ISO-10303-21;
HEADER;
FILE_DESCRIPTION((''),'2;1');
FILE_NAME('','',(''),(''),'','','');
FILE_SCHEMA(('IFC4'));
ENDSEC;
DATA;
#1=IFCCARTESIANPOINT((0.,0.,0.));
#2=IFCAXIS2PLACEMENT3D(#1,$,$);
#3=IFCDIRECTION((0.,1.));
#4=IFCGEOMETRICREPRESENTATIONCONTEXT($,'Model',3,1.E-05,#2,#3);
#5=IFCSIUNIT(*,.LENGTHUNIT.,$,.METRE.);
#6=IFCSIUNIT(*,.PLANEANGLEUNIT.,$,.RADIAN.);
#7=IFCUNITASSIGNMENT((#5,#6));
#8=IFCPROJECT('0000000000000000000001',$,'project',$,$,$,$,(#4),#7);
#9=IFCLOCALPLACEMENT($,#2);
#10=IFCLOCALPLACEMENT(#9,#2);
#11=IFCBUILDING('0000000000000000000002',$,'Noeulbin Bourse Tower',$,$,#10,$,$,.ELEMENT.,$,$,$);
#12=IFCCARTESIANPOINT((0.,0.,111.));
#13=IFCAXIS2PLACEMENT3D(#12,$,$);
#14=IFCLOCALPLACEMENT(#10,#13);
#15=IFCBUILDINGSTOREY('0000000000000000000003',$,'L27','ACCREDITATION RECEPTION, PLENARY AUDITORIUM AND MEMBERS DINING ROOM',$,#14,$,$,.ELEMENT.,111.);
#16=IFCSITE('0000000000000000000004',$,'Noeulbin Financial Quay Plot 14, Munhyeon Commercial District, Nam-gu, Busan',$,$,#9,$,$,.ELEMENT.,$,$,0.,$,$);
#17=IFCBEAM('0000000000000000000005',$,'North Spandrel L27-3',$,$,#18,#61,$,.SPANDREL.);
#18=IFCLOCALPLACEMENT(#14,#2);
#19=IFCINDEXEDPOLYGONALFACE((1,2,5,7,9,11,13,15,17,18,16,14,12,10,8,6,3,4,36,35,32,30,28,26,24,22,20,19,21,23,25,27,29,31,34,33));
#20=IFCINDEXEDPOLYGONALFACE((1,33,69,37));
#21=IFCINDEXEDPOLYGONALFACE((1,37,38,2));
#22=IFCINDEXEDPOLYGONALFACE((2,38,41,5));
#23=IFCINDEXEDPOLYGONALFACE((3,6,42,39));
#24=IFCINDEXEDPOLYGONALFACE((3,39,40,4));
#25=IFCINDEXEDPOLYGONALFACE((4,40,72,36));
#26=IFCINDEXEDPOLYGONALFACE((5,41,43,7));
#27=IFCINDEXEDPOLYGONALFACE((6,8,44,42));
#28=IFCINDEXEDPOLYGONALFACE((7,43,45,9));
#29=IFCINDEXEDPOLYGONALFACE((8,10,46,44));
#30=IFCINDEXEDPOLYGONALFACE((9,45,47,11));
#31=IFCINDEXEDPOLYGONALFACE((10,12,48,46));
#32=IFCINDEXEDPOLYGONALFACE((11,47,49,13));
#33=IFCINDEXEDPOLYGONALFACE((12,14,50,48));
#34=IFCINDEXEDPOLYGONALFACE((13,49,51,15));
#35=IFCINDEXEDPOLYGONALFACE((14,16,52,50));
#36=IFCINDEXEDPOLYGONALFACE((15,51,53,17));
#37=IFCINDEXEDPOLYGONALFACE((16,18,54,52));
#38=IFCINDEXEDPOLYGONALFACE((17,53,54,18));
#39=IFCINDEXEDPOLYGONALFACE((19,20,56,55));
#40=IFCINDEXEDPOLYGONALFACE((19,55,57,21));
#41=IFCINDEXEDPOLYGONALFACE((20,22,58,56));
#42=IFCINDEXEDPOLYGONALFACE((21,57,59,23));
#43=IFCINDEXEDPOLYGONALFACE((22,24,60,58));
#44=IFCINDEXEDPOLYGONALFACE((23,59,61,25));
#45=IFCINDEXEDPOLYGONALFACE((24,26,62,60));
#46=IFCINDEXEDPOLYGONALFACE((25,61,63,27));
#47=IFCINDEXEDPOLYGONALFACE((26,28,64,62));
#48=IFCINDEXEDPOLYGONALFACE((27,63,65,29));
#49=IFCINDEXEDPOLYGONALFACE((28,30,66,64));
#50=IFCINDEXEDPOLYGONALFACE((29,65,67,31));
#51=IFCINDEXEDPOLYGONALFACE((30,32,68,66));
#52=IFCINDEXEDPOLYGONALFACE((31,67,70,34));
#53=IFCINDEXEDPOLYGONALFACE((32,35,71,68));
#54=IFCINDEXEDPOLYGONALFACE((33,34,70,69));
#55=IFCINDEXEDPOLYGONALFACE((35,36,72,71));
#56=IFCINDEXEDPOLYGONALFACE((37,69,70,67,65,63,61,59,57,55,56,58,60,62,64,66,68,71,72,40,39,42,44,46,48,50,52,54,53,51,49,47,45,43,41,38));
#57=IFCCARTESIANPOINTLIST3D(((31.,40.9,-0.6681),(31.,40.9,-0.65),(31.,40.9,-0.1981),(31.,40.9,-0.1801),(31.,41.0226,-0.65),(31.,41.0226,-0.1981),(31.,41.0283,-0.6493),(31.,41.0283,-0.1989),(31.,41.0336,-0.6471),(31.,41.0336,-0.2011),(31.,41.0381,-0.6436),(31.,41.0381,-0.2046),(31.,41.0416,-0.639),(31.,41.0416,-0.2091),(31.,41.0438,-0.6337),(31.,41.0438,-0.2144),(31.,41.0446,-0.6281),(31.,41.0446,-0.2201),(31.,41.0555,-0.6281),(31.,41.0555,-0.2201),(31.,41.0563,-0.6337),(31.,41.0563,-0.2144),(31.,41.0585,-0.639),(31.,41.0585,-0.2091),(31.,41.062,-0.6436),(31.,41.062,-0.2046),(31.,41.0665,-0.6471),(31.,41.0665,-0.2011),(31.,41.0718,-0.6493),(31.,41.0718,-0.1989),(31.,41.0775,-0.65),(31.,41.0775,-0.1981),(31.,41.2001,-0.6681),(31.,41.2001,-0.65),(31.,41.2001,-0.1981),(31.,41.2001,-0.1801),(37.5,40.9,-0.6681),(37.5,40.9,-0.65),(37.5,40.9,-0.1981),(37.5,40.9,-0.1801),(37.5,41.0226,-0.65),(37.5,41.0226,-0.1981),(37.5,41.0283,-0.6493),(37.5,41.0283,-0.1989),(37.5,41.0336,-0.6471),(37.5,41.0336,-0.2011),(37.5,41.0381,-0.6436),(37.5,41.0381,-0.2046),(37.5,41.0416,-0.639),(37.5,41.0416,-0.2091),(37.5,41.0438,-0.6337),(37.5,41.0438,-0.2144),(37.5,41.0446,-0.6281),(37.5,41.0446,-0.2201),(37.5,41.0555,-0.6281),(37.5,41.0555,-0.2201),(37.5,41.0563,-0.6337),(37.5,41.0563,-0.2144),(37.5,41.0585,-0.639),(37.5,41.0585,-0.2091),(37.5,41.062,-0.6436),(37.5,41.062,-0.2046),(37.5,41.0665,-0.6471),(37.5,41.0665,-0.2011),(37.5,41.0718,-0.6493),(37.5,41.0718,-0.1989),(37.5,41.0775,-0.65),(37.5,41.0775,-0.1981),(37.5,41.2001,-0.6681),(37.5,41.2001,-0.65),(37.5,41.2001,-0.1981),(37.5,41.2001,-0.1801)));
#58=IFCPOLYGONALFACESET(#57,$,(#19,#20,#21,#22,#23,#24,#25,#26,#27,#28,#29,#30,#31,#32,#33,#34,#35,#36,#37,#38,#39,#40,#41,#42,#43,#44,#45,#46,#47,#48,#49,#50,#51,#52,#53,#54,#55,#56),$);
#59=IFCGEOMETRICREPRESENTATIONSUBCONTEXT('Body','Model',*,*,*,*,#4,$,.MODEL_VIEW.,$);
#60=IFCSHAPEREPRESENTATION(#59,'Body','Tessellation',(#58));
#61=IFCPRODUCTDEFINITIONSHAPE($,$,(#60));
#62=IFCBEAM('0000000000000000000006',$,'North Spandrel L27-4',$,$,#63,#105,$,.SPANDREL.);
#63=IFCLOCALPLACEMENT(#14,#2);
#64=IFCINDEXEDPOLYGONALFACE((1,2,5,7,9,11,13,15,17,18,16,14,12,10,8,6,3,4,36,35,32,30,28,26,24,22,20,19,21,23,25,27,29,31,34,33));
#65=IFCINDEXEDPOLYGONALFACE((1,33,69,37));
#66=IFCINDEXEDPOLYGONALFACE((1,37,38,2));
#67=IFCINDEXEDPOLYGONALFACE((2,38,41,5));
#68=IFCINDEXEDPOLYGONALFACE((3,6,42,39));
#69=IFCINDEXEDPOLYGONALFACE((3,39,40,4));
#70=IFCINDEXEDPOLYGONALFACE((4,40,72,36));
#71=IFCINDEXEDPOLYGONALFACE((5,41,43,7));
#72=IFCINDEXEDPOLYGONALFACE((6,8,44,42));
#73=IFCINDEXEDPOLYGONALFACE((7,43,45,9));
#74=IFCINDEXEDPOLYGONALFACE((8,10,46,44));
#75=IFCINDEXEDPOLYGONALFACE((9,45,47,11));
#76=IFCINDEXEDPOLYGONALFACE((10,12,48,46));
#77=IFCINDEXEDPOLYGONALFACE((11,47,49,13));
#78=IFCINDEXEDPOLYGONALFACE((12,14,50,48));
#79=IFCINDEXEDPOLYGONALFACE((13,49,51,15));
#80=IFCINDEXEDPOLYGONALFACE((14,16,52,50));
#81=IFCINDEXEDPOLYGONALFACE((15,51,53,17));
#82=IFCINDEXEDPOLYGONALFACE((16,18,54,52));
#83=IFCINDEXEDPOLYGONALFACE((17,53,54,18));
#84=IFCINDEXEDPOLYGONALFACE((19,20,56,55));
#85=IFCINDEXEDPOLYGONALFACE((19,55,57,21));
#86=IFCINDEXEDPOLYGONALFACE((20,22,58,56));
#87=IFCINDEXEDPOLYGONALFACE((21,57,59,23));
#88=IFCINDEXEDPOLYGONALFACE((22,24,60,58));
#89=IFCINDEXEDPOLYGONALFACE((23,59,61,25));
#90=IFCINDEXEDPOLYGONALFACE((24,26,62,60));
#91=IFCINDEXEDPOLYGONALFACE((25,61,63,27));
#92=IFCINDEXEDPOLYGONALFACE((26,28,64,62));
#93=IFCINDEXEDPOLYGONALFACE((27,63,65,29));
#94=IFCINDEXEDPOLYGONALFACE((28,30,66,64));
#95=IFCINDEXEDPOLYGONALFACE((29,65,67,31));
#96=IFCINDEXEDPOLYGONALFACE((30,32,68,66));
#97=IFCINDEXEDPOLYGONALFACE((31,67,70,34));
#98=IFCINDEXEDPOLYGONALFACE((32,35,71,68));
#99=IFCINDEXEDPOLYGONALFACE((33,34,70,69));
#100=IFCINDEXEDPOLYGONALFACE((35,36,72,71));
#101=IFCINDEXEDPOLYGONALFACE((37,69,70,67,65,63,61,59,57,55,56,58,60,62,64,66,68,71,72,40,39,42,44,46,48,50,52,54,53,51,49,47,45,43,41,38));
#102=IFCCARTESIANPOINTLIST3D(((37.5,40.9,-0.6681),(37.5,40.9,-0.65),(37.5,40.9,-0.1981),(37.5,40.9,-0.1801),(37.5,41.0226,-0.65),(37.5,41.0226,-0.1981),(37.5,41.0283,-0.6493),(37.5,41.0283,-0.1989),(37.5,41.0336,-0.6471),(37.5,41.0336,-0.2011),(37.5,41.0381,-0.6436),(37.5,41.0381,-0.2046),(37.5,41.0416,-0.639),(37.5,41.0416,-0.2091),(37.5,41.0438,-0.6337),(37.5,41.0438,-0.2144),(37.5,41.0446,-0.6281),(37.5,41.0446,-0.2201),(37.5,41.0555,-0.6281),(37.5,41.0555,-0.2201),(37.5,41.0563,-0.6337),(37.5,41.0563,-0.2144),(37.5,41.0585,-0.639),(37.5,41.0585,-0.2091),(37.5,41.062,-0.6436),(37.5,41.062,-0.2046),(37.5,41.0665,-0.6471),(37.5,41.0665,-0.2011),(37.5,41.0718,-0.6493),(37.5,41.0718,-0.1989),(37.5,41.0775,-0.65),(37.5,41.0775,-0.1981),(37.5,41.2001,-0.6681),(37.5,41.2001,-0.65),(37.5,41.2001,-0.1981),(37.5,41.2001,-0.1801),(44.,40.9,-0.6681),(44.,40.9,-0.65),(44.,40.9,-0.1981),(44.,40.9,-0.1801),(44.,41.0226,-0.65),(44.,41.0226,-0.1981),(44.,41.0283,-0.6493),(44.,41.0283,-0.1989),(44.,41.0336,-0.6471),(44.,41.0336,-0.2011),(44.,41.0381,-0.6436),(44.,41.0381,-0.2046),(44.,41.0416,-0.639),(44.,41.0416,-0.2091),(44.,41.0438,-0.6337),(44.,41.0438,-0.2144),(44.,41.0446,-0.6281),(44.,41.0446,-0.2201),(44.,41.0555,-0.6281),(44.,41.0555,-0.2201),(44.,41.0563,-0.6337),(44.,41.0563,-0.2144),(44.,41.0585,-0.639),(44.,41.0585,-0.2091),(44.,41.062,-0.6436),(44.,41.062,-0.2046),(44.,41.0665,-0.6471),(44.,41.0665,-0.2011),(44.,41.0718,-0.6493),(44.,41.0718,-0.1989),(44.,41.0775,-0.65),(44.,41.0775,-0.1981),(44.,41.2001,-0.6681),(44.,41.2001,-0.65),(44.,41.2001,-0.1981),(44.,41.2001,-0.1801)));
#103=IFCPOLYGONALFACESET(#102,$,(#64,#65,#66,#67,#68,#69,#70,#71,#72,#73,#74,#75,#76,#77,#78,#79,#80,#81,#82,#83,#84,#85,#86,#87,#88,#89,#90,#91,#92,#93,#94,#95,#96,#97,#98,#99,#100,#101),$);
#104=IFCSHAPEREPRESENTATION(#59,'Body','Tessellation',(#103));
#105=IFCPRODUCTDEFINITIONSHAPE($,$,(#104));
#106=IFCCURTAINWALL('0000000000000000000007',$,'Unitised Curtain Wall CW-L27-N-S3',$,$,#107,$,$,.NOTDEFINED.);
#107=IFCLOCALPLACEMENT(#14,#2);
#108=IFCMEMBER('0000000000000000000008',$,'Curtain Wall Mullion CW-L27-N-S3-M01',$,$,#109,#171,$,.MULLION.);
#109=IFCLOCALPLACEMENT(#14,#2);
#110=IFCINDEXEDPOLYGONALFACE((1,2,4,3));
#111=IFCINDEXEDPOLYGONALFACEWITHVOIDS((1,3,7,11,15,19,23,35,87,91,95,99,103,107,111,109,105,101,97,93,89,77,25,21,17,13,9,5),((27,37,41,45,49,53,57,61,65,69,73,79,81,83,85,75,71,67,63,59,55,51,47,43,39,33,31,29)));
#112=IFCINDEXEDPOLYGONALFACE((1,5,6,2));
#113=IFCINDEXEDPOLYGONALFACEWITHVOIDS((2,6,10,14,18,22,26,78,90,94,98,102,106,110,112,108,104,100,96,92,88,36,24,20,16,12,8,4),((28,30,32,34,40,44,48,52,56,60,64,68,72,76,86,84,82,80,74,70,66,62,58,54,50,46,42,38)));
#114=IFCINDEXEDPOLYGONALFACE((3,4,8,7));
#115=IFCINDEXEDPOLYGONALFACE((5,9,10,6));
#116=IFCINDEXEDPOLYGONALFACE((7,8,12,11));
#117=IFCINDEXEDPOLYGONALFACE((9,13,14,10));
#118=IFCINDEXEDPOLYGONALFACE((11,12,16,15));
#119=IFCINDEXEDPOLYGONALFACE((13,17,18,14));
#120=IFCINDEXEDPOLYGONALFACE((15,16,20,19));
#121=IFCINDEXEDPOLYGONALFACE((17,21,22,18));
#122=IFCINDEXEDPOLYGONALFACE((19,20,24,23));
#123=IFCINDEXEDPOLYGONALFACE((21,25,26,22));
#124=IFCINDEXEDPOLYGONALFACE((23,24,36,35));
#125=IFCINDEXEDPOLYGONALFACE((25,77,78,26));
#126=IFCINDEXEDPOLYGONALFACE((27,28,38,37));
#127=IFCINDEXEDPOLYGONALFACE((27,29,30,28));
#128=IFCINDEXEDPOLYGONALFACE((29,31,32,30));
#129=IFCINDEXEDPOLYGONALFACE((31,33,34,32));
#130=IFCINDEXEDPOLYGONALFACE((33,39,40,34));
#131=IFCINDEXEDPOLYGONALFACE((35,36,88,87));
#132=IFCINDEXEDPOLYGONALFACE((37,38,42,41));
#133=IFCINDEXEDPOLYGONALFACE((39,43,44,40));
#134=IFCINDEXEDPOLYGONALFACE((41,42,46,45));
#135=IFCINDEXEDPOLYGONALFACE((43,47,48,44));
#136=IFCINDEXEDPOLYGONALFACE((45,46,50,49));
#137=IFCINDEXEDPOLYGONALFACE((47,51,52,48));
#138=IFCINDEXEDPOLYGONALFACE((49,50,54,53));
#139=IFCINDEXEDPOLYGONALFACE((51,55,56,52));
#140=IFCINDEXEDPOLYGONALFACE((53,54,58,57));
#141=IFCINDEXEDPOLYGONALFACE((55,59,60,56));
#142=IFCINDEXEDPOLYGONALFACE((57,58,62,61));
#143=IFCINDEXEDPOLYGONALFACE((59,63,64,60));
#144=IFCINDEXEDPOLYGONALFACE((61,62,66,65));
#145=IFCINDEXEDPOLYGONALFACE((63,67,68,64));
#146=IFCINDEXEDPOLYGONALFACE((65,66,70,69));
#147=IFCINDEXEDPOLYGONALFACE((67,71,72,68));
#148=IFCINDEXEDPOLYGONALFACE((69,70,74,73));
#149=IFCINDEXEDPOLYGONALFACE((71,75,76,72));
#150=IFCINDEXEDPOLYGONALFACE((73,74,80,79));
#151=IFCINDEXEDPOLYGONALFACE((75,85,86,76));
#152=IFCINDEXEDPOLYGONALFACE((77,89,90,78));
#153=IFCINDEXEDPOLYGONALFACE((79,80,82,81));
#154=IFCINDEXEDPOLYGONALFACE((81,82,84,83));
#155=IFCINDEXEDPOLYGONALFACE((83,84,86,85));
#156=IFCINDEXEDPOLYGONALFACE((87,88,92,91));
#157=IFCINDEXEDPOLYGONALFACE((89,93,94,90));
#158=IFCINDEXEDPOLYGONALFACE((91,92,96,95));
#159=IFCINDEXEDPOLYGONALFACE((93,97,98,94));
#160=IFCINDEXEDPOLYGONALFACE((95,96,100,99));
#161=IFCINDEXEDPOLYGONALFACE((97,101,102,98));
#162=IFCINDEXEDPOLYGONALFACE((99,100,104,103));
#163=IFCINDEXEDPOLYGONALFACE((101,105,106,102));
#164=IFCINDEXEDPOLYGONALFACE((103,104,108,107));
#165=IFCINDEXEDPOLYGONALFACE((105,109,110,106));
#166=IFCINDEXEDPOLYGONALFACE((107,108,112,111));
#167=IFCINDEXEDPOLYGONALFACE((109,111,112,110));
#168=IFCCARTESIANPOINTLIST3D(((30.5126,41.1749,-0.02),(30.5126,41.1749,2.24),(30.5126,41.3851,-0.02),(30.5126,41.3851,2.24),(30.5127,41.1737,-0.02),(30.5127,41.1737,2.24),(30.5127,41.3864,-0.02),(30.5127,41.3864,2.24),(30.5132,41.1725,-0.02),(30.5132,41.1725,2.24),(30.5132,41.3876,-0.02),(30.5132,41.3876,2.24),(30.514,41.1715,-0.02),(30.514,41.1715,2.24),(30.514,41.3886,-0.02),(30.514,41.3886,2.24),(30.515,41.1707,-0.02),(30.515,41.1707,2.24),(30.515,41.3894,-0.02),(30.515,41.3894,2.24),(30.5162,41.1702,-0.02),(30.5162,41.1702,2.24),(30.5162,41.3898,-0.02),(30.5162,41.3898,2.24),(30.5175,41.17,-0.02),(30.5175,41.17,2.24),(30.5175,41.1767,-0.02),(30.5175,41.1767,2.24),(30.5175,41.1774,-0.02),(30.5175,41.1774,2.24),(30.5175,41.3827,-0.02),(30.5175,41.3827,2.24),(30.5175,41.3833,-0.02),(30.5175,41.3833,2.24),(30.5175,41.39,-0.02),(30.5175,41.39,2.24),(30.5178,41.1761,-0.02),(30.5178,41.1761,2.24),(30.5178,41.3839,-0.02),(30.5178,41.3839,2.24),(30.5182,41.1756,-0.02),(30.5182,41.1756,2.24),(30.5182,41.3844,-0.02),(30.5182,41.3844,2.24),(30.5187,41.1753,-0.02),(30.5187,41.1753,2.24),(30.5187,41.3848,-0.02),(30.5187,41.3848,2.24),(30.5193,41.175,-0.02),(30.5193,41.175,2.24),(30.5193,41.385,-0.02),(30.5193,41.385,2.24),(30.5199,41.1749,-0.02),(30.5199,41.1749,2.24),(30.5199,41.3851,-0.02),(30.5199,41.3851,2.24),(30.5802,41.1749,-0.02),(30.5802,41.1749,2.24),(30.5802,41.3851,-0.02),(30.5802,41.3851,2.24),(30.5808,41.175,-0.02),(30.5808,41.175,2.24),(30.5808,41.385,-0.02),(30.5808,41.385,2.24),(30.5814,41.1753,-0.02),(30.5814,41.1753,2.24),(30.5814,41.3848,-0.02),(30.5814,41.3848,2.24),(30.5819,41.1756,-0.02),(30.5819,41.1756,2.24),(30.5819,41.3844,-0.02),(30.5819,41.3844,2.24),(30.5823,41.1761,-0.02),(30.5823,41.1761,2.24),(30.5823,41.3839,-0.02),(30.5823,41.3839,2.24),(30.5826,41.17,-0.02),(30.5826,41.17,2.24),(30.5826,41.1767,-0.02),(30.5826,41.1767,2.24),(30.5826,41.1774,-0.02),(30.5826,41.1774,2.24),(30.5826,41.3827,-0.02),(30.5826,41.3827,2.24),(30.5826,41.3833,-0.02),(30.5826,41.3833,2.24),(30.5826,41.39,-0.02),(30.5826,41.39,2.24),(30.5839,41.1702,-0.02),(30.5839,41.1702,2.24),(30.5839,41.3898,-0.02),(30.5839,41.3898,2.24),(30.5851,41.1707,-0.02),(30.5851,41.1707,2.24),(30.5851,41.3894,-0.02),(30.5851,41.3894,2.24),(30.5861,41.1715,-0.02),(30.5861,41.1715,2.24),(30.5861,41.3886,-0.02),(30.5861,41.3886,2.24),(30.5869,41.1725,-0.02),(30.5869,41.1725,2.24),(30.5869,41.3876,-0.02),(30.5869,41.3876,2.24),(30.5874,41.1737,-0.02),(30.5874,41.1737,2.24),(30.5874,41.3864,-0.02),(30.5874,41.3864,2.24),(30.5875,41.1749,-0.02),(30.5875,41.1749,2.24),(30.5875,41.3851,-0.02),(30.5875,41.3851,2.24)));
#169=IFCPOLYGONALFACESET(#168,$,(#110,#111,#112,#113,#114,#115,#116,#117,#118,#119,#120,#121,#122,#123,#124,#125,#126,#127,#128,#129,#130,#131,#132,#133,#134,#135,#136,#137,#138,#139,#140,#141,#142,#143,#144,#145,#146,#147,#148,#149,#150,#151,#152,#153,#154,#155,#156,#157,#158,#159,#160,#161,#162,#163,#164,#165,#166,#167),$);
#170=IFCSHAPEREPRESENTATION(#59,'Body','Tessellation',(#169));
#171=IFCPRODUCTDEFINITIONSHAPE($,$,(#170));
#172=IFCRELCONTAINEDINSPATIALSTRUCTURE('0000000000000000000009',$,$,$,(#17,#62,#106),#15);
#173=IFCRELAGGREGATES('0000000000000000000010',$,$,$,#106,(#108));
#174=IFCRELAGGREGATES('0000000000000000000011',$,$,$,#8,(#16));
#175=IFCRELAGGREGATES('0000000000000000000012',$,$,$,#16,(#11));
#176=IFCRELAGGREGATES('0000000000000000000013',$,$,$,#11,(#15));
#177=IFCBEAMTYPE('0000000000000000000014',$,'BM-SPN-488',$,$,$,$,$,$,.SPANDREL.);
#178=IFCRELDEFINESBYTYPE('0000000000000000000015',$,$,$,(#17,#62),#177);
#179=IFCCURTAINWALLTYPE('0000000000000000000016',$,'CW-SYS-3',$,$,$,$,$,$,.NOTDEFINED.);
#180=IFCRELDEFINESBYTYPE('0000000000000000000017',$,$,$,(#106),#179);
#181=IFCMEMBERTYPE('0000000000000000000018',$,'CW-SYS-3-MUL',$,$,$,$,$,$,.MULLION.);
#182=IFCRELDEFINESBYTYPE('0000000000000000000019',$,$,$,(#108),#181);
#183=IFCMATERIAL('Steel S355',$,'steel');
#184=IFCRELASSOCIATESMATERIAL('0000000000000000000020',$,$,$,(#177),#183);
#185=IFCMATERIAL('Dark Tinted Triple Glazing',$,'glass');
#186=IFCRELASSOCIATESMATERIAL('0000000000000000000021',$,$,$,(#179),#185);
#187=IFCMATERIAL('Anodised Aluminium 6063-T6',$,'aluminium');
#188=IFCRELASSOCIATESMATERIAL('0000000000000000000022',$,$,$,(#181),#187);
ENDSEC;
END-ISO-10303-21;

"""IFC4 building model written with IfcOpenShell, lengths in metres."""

from ifc_helpers import new_model, si_unit, direction, frame, origin, origin_2d, place, context, subcontext, project, spatial, hollow_rectangle, i_section, extrude, material, material_profile, profile_set, type_object, element, aggregate, save


model = new_model("IFC4")

# Units and contexts
model_context = context("Model", 3, precision=1e-05, world=origin(), true_north=direction((0.0, 1.0)))
body_context = subcontext(model_context, "Body", "Model", "MODEL_VIEW")
ifc_project = project(units=[si_unit("LENGTHUNIT", "METRE"), si_unit("PLANEANGLEUNIT", "RADIAN")], contexts=[model_context])

# Site, building, storey
site_placement = place(None, origin())
site = spatial("IfcSite", under=ifc_project, at=site_placement, Name="Noeulbin Financial Quay Plot 14, Munhyeon Commercial District, Nam-gu, Busan", CompositionType="ELEMENT", RefElevation=0.0)
building_placement = place(site_placement, origin())
building = spatial("IfcBuilding", under=site, at=building_placement, Name="Noeulbin Bourse Tower", CompositionType="ELEMENT")
storey_placement = place(building_placement, frame((0.0, 0.0, 111.0)))
storey = spatial("IfcBuildingStorey", under=building, at=storey_placement, Name="L27", Description="ACCREDITATION RECEPTION, PLENARY AUDITORIUM AND MEMBERS DINING ROOM", CompositionType="ELEMENT", Elevation=111.0)

# Shared definitions
ifc_material_1 = material(Name="Steel S355", Category="steel")

# Beams
ifc_material_profile_1 = material_profile(ifc_material_1, i_section(OverallWidth=0.3, OverallDepth=0.488, WebThickness=0.011, FlangeThickness=0.0181, FilletRadius=0.022, at=origin_2d()), Name="H-488x300x11x18", Category="LoadBearing")
ifc_profile_set_1 = profile_set([ifc_material_profile_1], Name="Steel S355")
beam_type_1 = type_object("IfcBeamType", Name="BM-SPN-488", PredefinedType="SPANDREL", material=ifc_profile_set_1)
for number, where, z_axis, x_axis, name in (
    (1, (31.0, 41.05, -0.4241), (1.0, 0.0, 0.0), (0.0, 1.0, 0.0), "North Spandrel L27-3"),
    (2, (37.5, 41.05, -0.4241), (1.0, 0.0, 0.0), (0.0, 1.0, 0.0), "North Spandrel L27-4"),
):
    element("IfcBeam", number, at=place(storey_placement, frame(where, z_axis=z_axis, x_axis=x_axis)), inside=storey, type_object=beam_type_1, Name=name, PredefinedType="SPANDREL", context=body_context, shape_type="SweptSolid", body=[
        extrude(i_section(OverallWidth=0.3, OverallDepth=0.488, WebThickness=0.011, FlangeThickness=0.0181, FilletRadius=0.022, at=origin_2d()), origin(), (0.0, 0.0, 1.0), 6.5),
    ])

# Curtain wall, member
ifc_material_2 = material(Name="Dark Tinted Triple Glazing", Category="glass")
curtain_wall_type = type_object("IfcCurtainWallType", Name="CW-SYS-3", PredefinedType="NOTDEFINED", material=ifc_material_2)
curtain_wall_1_placement = place(storey_placement, origin())
curtain_wall_1 = element("IfcCurtainWall", 3, at=curtain_wall_1_placement, inside=storey, type_object=curtain_wall_type, Name="Unitised Curtain Wall CW-L27-N-S3", PredefinedType="NOTDEFINED")
ifc_material_3 = material(Name="Anodised Aluminium 6063-T6", Category="aluminium")
ifc_material_profile_2 = material_profile(ifc_material_3, hollow_rectangle(XDim=0.075, YDim=0.22, WallThickness=0.0049, InnerFilletRadius=0.0024, OuterFilletRadius=0.0049, at=origin_2d()), Name="ALU-MULL-75x220x5", Category="LoadBearing")
ifc_profile_set_2 = profile_set([ifc_material_profile_2], Name="Anodised Aluminium 6063-T6")
member_type_1 = type_object("IfcMemberType", Name="CW-SYS-3-MUL", PredefinedType="MULLION", material=ifc_profile_set_2)
member_1_placement = place(storey_placement, frame((30.55, 41.28, -0.02), z_axis=(0.0, 0.0, 1.0), x_axis=(1.0, 0.0, 0.0)))
member_1 = element("IfcMember", 4, at=member_1_placement, type_object=member_type_1, Name="Curtain Wall Mullion CW-L27-N-S3-M01", PredefinedType="MULLION", context=body_context, shape_type="SweptSolid", body=[
    extrude(hollow_rectangle(XDim=0.075, YDim=0.22, WallThickness=0.0049, InnerFilletRadius=0.0024, OuterFilletRadius=0.0049, at=origin_2d()), origin(), (0.0, 0.0, 1.0), 2.26),
])
aggregate(curtain_wall_1, [member_1])

save(model, "model.ifc")
